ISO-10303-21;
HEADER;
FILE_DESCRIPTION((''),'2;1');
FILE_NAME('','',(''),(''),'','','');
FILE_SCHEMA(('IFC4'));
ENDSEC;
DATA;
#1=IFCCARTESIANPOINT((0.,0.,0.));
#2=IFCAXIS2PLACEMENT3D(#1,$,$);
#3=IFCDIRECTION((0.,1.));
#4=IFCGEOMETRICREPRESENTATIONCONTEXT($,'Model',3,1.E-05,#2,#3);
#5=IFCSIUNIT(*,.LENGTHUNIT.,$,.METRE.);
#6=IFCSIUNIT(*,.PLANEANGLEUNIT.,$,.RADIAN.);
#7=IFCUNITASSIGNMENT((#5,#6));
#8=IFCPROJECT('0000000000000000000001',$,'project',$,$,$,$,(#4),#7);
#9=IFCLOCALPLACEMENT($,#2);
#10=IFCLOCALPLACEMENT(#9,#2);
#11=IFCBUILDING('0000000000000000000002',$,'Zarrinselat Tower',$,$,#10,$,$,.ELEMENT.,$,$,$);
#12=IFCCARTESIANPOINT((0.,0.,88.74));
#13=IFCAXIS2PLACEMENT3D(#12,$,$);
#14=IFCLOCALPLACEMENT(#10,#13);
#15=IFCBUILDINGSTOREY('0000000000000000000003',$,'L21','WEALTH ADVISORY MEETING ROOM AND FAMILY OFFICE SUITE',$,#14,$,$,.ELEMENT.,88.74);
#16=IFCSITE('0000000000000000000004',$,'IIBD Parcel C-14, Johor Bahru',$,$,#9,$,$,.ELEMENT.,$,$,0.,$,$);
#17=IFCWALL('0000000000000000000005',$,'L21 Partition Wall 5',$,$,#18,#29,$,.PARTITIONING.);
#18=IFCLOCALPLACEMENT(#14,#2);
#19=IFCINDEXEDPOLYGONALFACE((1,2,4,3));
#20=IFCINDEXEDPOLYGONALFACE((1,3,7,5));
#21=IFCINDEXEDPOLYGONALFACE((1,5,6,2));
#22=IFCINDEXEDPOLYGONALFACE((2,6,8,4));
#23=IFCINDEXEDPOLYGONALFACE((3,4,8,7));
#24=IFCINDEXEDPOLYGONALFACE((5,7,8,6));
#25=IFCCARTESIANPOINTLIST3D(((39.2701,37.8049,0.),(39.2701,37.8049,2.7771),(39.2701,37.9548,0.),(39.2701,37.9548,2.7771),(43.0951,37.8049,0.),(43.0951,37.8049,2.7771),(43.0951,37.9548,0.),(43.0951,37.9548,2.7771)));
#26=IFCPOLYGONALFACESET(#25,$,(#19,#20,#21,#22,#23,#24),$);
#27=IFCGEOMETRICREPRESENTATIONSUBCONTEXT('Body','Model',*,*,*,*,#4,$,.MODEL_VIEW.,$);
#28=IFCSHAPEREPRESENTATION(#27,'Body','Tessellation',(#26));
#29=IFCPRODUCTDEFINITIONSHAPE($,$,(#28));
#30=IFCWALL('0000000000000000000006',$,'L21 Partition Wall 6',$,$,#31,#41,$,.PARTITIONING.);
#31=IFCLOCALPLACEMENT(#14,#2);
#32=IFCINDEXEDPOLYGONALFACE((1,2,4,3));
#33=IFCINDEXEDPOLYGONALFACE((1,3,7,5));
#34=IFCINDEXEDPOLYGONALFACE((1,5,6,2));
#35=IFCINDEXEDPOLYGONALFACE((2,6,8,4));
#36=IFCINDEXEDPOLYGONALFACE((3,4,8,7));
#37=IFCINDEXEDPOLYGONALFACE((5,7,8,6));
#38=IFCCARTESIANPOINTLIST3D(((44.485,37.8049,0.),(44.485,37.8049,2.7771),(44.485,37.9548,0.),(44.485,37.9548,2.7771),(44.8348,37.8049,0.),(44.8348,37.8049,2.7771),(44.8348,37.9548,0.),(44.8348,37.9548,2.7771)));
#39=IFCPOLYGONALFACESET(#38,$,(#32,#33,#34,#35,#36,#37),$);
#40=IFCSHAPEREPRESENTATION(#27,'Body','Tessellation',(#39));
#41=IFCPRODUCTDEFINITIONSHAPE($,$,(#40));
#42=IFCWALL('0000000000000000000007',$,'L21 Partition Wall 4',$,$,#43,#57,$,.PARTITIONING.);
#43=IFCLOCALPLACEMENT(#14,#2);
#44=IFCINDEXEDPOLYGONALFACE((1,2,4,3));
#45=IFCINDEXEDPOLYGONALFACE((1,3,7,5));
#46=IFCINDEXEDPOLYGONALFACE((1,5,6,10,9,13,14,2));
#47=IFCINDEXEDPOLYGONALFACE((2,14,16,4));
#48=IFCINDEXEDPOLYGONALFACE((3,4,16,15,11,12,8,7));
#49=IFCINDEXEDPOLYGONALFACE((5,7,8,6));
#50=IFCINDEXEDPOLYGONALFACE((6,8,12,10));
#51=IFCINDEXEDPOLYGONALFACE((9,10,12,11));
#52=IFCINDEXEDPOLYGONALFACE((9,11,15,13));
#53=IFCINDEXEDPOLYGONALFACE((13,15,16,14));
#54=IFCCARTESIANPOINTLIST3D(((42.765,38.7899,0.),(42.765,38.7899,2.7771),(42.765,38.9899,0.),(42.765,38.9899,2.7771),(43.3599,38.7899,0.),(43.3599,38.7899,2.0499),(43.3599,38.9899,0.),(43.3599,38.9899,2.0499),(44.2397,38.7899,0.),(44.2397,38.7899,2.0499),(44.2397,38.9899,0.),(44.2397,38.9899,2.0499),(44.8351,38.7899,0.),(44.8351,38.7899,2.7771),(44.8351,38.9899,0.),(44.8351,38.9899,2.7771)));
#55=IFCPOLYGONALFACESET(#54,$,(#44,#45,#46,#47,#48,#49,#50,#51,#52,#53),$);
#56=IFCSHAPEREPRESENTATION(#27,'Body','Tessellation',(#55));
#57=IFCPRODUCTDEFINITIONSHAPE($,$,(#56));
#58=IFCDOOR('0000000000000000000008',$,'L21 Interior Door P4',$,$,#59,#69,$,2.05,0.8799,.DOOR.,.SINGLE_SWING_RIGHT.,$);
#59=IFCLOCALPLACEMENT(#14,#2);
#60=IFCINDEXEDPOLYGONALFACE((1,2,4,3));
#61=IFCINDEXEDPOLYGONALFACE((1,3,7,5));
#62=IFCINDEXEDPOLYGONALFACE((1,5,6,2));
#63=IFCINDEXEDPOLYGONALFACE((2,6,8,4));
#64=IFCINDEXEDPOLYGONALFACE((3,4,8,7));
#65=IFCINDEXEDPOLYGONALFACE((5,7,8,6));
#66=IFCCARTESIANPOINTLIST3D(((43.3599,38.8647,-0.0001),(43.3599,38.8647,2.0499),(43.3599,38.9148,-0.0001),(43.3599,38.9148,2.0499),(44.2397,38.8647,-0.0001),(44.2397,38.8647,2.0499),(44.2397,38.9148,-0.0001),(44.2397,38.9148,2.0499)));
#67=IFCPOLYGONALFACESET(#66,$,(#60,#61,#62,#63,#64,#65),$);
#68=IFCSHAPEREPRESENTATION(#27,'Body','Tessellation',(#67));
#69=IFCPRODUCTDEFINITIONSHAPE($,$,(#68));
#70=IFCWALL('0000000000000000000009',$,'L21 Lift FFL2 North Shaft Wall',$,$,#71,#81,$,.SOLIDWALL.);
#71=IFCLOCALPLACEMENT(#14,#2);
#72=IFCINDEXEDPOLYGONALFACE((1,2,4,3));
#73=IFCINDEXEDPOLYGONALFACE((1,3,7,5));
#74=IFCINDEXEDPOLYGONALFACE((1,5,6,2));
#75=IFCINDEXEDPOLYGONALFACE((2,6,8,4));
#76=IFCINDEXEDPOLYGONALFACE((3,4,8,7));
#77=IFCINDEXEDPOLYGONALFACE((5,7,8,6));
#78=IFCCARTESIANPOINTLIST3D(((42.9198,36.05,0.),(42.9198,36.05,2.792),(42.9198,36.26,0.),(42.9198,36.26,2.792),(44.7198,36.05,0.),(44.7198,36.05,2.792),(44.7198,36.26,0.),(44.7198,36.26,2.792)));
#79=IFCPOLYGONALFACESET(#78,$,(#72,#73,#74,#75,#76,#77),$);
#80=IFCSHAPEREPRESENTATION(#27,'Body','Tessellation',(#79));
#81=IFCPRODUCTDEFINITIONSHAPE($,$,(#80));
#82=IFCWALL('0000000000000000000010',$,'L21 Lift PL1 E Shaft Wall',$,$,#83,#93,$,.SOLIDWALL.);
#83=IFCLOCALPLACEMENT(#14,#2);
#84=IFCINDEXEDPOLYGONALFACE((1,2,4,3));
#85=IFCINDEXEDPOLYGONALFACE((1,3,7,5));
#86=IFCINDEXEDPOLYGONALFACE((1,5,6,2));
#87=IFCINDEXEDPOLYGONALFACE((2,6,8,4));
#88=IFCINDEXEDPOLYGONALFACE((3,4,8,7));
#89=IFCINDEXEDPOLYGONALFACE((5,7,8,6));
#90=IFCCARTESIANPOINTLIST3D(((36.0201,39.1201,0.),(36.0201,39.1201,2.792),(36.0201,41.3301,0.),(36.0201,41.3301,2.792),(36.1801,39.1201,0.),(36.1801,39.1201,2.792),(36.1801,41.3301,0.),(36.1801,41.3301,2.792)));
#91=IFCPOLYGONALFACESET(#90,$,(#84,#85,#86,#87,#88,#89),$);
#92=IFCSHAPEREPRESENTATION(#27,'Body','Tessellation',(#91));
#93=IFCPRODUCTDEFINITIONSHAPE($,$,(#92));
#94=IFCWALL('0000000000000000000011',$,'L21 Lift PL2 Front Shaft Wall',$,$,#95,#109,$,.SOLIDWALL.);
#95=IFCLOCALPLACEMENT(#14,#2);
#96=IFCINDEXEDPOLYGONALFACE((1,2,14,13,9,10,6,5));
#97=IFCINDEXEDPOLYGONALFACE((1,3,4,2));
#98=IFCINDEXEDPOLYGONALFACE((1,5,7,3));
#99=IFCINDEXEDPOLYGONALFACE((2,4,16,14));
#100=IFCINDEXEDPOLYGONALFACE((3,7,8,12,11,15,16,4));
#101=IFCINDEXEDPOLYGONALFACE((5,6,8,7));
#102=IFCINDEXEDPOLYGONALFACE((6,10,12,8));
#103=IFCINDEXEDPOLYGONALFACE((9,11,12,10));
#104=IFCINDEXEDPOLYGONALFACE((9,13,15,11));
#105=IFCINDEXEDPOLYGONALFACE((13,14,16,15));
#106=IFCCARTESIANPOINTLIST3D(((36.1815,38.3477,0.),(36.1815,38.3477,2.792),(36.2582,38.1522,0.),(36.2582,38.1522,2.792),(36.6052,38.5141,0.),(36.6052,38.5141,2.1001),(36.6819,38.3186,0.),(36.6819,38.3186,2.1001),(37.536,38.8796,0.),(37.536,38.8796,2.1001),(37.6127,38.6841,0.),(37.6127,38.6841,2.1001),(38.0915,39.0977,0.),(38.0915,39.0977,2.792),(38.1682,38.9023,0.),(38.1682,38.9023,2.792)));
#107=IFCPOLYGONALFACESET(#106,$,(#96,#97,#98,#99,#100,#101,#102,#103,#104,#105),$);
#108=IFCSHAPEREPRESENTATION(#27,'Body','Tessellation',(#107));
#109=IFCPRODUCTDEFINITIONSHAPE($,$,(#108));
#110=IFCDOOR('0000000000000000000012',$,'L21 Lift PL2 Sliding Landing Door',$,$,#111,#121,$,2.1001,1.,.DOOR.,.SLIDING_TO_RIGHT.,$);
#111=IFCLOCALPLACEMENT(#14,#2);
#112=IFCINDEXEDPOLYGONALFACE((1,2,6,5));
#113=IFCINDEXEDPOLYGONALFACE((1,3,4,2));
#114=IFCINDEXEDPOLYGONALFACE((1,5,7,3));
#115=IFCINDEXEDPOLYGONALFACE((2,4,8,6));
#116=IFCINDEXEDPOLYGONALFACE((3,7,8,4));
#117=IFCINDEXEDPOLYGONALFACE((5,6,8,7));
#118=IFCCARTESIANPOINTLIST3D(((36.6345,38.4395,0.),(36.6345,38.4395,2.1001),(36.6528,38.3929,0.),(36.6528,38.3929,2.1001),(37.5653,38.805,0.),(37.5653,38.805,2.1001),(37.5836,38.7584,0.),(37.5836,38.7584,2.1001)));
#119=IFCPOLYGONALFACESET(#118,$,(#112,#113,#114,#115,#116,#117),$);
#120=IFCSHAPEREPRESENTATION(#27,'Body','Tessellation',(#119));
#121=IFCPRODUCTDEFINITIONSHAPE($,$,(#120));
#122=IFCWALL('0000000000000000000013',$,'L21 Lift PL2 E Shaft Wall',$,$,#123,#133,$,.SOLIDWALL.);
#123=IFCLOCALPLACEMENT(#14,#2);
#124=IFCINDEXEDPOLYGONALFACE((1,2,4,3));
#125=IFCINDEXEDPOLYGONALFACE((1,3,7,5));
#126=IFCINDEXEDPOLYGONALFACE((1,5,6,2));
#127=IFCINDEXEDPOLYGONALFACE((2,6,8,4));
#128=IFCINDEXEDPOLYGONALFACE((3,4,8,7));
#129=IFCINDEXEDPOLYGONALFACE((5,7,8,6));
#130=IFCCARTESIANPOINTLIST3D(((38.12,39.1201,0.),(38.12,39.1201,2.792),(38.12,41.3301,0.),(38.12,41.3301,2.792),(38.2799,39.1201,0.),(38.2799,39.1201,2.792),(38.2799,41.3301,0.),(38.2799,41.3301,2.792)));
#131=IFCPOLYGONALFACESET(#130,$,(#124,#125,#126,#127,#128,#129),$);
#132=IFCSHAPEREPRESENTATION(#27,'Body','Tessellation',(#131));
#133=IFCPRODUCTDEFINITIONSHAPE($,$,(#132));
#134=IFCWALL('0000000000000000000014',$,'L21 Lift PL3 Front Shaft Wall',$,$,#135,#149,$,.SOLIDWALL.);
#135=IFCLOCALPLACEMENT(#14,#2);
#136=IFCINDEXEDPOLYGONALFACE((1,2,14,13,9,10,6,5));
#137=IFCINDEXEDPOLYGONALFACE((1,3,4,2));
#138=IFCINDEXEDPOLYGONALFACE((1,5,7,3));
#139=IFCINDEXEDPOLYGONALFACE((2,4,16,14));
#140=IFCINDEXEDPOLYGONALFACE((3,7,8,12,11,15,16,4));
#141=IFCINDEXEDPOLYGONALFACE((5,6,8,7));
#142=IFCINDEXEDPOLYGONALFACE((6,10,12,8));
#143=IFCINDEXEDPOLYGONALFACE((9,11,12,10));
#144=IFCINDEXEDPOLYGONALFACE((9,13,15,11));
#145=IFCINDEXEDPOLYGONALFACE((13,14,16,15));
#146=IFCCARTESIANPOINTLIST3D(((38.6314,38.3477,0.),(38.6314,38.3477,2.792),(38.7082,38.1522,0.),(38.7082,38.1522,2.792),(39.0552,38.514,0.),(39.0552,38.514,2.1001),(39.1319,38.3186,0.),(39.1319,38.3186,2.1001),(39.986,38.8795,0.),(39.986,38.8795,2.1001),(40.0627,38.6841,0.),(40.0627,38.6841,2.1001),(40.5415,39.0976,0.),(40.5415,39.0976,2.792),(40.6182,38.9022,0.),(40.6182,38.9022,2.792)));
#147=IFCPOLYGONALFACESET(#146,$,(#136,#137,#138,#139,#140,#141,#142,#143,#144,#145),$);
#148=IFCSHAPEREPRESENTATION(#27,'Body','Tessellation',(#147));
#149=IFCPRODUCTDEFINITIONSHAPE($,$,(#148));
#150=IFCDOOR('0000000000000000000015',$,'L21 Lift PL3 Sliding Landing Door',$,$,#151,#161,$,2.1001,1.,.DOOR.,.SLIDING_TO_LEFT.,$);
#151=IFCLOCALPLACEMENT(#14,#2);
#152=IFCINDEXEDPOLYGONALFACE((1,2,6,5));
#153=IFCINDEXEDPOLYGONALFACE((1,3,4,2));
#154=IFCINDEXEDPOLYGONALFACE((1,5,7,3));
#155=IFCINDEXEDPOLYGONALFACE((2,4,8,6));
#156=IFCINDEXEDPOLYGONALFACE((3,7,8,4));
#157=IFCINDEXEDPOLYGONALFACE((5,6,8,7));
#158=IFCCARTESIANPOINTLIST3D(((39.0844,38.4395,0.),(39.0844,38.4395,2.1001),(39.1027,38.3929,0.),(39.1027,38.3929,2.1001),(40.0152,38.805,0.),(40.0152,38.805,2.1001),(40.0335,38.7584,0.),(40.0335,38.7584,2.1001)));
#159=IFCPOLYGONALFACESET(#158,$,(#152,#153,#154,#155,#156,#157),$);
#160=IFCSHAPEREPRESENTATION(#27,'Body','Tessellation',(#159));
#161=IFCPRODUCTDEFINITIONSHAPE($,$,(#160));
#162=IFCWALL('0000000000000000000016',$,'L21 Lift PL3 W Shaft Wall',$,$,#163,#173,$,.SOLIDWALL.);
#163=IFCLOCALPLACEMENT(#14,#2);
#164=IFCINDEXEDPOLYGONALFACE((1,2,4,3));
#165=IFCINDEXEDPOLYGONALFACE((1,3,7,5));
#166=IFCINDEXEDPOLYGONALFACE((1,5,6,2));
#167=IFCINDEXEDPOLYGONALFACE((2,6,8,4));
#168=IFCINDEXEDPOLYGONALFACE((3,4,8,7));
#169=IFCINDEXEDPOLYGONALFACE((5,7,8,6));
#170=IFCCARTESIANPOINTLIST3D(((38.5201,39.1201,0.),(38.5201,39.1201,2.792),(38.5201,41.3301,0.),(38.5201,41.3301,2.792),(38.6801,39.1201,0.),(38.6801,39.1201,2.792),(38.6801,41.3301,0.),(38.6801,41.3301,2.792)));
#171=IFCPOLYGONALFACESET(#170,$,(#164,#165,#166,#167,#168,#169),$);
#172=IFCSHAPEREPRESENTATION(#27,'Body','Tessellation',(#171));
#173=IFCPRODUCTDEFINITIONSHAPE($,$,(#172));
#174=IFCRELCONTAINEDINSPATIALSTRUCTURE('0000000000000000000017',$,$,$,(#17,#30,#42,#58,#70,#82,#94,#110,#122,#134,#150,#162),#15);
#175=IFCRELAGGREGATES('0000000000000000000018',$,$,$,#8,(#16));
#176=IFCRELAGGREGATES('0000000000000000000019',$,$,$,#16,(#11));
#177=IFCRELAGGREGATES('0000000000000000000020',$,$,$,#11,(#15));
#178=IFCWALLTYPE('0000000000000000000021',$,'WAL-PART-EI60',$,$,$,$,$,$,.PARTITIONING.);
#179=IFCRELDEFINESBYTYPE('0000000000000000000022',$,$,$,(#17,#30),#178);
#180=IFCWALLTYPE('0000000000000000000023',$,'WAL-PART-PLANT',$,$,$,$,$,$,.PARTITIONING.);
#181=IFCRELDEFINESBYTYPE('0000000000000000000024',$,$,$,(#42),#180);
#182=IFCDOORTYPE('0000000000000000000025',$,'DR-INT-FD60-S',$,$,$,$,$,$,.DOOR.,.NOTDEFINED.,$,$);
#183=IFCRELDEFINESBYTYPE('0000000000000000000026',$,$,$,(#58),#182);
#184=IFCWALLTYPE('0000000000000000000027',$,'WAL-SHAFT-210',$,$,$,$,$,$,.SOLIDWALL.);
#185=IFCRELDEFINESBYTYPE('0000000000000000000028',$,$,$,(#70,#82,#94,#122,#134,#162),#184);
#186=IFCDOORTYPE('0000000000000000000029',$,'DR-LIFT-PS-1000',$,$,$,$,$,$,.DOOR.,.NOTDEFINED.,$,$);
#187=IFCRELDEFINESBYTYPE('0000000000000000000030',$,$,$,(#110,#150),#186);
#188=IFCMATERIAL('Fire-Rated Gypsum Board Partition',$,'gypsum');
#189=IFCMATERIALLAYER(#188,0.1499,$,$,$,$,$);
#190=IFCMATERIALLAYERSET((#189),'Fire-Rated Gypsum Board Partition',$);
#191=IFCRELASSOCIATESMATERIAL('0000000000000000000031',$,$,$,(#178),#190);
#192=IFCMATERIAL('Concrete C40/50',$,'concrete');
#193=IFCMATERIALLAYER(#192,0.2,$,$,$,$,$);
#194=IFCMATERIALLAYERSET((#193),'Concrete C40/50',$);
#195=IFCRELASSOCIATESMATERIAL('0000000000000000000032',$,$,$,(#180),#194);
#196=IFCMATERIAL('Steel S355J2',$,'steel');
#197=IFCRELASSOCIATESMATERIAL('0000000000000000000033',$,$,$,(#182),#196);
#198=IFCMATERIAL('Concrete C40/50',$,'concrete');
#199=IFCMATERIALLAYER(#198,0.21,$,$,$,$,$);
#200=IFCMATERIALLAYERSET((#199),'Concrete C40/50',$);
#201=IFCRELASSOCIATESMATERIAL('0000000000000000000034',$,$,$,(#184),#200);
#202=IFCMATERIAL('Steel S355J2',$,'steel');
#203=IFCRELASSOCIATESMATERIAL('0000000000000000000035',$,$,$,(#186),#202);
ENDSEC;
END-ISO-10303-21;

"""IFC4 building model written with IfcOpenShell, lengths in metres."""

from ifc_helpers import new_model, si_unit, direction, frame, frame_2d, origin, place, context, subcontext, project, spatial, rectangle, extrude, material, layer, layer_set, type_object, element, fill, save


model = new_model("IFC4")

# Units and contexts
model_context = context("Model", 3, precision=1e-05, world=origin(), true_north=direction((0.0, 1.0)))
body_context = subcontext(model_context, "Body", "Model", "MODEL_VIEW")
ifc_project = project(units=[si_unit("LENGTHUNIT", "METRE"), si_unit("PLANEANGLEUNIT", "RADIAN")], contexts=[model_context])

# Site, building, storey
site_placement = place(None, origin())
site = spatial("IfcSite", under=ifc_project, at=site_placement, Name="IIBD Parcel C-14, Johor Bahru", CompositionType="ELEMENT", RefElevation=0.0)
building_placement = place(site_placement, origin())
building = spatial("IfcBuilding", under=site, at=building_placement, Name="Zarrinselat Tower", CompositionType="ELEMENT")
storey_placement = place(building_placement, frame((0.0, 0.0, 88.74)))
storey = spatial("IfcBuildingStorey", under=building, at=storey_placement, Name="L21", Description="WEALTH ADVISORY MEETING ROOM AND FAMILY OFFICE SUITE", CompositionType="ELEMENT", Elevation=88.74)

# Walls
ifc_material_1 = material(Name="Fire-Rated Gypsum Board Partition", Category="gypsum")
ifc_layer_1 = layer(ifc_material_1, 0.1499)
ifc_layer_set_1 = layer_set([ifc_layer_1], Name="Fire-Rated Gypsum Board Partition")
wall_type_1 = type_object("IfcWallType", Name="WAL-PART-EI60", PredefinedType="PARTITIONING", material=ifc_layer_set_1)
wall_1_placement = place(storey_placement, frame((39.27, 37.8799, 0.0), z_axis=(0.0, 0.0, 1.0), x_axis=(1.0, 0.0, 0.0)))
element("IfcWall", 1, at=wall_1_placement, inside=storey, type_object=wall_type_1, Name="L21 Partition Wall 5", PredefinedType="PARTITIONING", context=body_context, shape_type="SweptSolid", body=[
    extrude(rectangle(XDim=3.825, YDim=0.1499, at=frame_2d((1.9126, 0.0))), origin(), (0.0, 0.0, 1.0), 2.7771),
])
wall_2_placement = place(storey_placement, frame((44.4851, 37.8799, 0.0), z_axis=(0.0, 0.0, 1.0), x_axis=(1.0, 0.0, 0.0)))
element("IfcWall", 2, at=wall_2_placement, inside=storey, type_object=wall_type_1, Name="L21 Partition Wall 6", PredefinedType="PARTITIONING", context=body_context, shape_type="SweptSolid", body=[
    extrude(rectangle(XDim=0.3499, YDim=0.1499, at=frame_2d((0.1748, 0.0))), origin(), (0.0, 0.0, 1.0), 2.7771),
])

# Wall, opening, door
ifc_material_2 = material(Name="Concrete C40/50", Category="concrete")
ifc_layer_2 = layer(ifc_material_2, 0.2)
ifc_layer_set_2 = layer_set([ifc_layer_2], Name="Concrete C40/50")
wall_type_2 = type_object("IfcWallType", Name="WAL-PART-PLANT", PredefinedType="PARTITIONING", material=ifc_layer_set_2)
wall_3_placement = place(storey_placement, frame((42.7649, 38.8899, 0.0), z_axis=(0.0, 0.0, 1.0), x_axis=(1.0, 0.0, 0.0)))
wall_3 = element("IfcWall", 3, at=wall_3_placement, inside=storey, type_object=wall_type_2, Name="L21 Partition Wall 4", PredefinedType="PARTITIONING", context=body_context, shape_type="SweptSolid", body=[
    extrude(rectangle(XDim=2.0701, YDim=0.2, at=frame_2d((1.0352, 0.0))), origin(), (0.0, 0.0, 1.0), 2.7771),
])
opening_1_placement = place(wall_3_placement, frame((0.595, 0.0, 0.0)))
opening_1 = element("IfcOpeningElement", 4, at=opening_1_placement, cuts=wall_3, PredefinedType="OPENING", context=body_context, shape_type="SweptSolid", body=[
    extrude(rectangle(XDim=0.8799, YDim=2.05, at=frame_2d((0.4399, 1.0249))), frame((0.0, 0.1099, 0.0), z_axis=(0.0, -1.0, 0.0), x_axis=(1.0, 0.0, 0.0)), (0.0, 0.0, 1.0), 0.22),
])
ifc_material_3 = material(Name="Steel S355J2", Category="steel")
door_type_1 = type_object("IfcDoorType", Name="DR-INT-FD60-S", OperationType="NOTDEFINED", PredefinedType="DOOR", material=ifc_material_3)
door_1_placement = place(opening_1_placement, origin())
door_1 = element("IfcDoor", 5, at=door_1_placement, inside=storey, type_object=door_type_1, Name="L21 Interior Door P4", OperationType="SINGLE_SWING_RIGHT", OverallHeight=2.05, OverallWidth=0.8799, PredefinedType="DOOR", context=body_context, shape_type="SweptSolid", body=[
    extrude(rectangle(XDim=0.8799, YDim=2.05, at=frame_2d((0.4399, 1.0249))), frame((0.0, 0.0249, 0.0), z_axis=(0.0, -1.0, 0.0), x_axis=(1.0, 0.0, 0.0)), (0.0, 0.0, 1.0), 0.05),
])
fill(opening_1, door_1)

# Walls
ifc_material_4 = material(Name="Concrete C40/50", Category="concrete")
ifc_layer_3 = layer(ifc_material_4, 0.21)
ifc_layer_set_3 = layer_set([ifc_layer_3], Name="Concrete C40/50")
wall_type_3 = type_object("IfcWallType", Name="WAL-SHAFT-210", PredefinedType="SOLIDWALL", material=ifc_layer_set_3)
wall_4_placement = place(storey_placement, frame((42.9199, 36.155, 0.0), z_axis=(0.0, 0.0, 1.0), x_axis=(1.0, 0.0, 0.0)))
element("IfcWall", 6, at=wall_4_placement, inside=storey, type_object=wall_type_3, Name="L21 Lift FFL2 North Shaft Wall", PredefinedType="SOLIDWALL", context=body_context, shape_type="SweptSolid", body=[
    extrude(rectangle(XDim=1.8, YDim=0.21, at=frame_2d((0.8999, 0.0))), origin(), (0.0, 0.0, 1.0), 2.792),
])
wall_5_placement = place(storey_placement, frame((36.1001, 39.1201, 0.0), z_axis=(0.0, 0.0, 1.0), x_axis=(0.0, 1.0, 0.0)))
element("IfcWall", 7, at=wall_5_placement, inside=storey, type_object=wall_type_3, Name="L21 Lift PL1 E Shaft Wall", PredefinedType="SOLIDWALL", context=body_context, shape_type="SweptSolid", body=[
    extrude(rectangle(XDim=2.21, YDim=0.1599, at=frame_2d((1.105, 0.0))), origin(), (0.0, 0.0, 1.0), 2.792),
])

# Wall, opening, door
wall_6_placement = place(storey_placement, frame((36.22, 38.25, 0.0), z_axis=(0.0, 0.0, 1.0), x_axis=(0.930805, 0.365516, 0.0)))
wall_6 = element("IfcWall", 8, at=wall_6_placement, inside=storey, type_object=wall_type_3, Name="L21 Lift PL2 Front Shaft Wall", PredefinedType="SOLIDWALL", context=body_context, shape_type="SweptSolid", body=[
    extrude(rectangle(XDim=2.052, YDim=0.21, at=frame_2d((1.0259, 0.0))), origin(), (0.0, 0.0, 1.0), 2.792),
])
opening_2_placement = place(wall_6_placement, frame((0.4551, 0.0, 0.0)))
opening_2 = element("IfcOpeningElement", 9, at=opening_2_placement, cuts=wall_6, PredefinedType="OPENING", context=body_context, shape_type="SweptSolid", body=[
    extrude(rectangle(XDim=1.0, YDim=2.1001, at=frame_2d((0.5, 1.05))), frame((0.0, 0.115, 0.0), z_axis=(0.0, -1.0, 0.0), x_axis=(1.0, 0.0, 0.0)), (0.0, 0.0, 1.0), 0.23),
])
ifc_material_5 = material(Name="Steel S355J2", Category="steel")
door_type_2 = type_object("IfcDoorType", Name="DR-LIFT-PS-1000", OperationType="NOTDEFINED", PredefinedType="DOOR", material=ifc_material_5)
door_2_placement = place(opening_2_placement, origin())
door_2 = element("IfcDoor", 10, at=door_2_placement, inside=storey, type_object=door_type_2, Name="L21 Lift PL2 Sliding Landing Door", OperationType="SLIDING_TO_RIGHT", OverallHeight=2.1001, OverallWidth=1.0, PredefinedType="DOOR", context=body_context, shape_type="SweptSolid", body=[
    extrude(rectangle(XDim=1.0, YDim=2.1001, at=frame_2d((0.5, 1.05))), frame((0.0, 0.0249, 0.0), z_axis=(0.0, -1.0, 0.0), x_axis=(1.0, 0.0, 0.0)), (0.0, 0.0, 1.0), 0.05),
])
fill(opening_2, door_2)

# Wall
wall_7_placement = place(storey_placement, frame((38.2, 39.1201, 0.0), z_axis=(0.0, 0.0, 1.0), x_axis=(0.0, 1.0, 0.0)))
element("IfcWall", 11, at=wall_7_placement, inside=storey, type_object=wall_type_3, Name="L21 Lift PL2 E Shaft Wall", PredefinedType="SOLIDWALL", context=body_context, shape_type="SweptSolid", body=[
    extrude(rectangle(XDim=2.21, YDim=0.1599, at=frame_2d((1.105, 0.0))), origin(), (0.0, 0.0, 1.0), 2.792),
])

# Wall, opening, door
wall_8_placement = place(storey_placement, frame((38.6699, 38.25, 0.0), z_axis=(0.0, 0.0, 1.0), x_axis=(0.930821, 0.365476, 0.0)))
wall_8 = element("IfcWall", 12, at=wall_8_placement, inside=storey, type_object=wall_type_3, Name="L21 Lift PL3 Front Shaft Wall", PredefinedType="SOLIDWALL", context=body_context, shape_type="SweptSolid", body=[
    extrude(rectangle(XDim=2.052, YDim=0.21, at=frame_2d((1.0259, 0.0))), origin(), (0.0, 0.0, 1.0), 2.792),
])
opening_3_placement = place(wall_8_placement, frame((0.4551, 0.0, 0.0)))
opening_3 = element("IfcOpeningElement", 13, at=opening_3_placement, cuts=wall_8, PredefinedType="OPENING", context=body_context, shape_type="SweptSolid", body=[
    extrude(rectangle(XDim=1.0, YDim=2.1001, at=frame_2d((0.5, 1.05))), frame((0.0, 0.115, 0.0), z_axis=(0.0, -1.0, 0.0), x_axis=(1.0, 0.0, 0.0)), (0.0, 0.0, 1.0), 0.23),
])
door_3_placement = place(opening_3_placement, origin())
door_3 = element("IfcDoor", 14, at=door_3_placement, inside=storey, type_object=door_type_2, Name="L21 Lift PL3 Sliding Landing Door", OperationType="SLIDING_TO_LEFT", OverallHeight=2.1001, OverallWidth=1.0, PredefinedType="DOOR", context=body_context, shape_type="SweptSolid", body=[
    extrude(rectangle(XDim=1.0, YDim=2.1001, at=frame_2d((0.5, 1.05))), frame((0.0, 0.0249, 0.0), z_axis=(0.0, -1.0, 0.0), x_axis=(1.0, 0.0, 0.0)), (0.0, 0.0, 1.0), 0.05),
])
fill(opening_3, door_3)

# Wall
for number, where, z_axis, x_axis, name in (
    (15, (38.6001, 39.1201, 0.0), (0.0, 0.0, 1.0), (0.0, 1.0, 0.0), "L21 Lift PL3 W Shaft Wall"),
):
    element("IfcWall", number, at=place(storey_placement, frame(where, z_axis=z_axis, x_axis=x_axis)), inside=storey, type_object=wall_type_3, Name=name, PredefinedType="SOLIDWALL", context=body_context, shape_type="SweptSolid", body=[
        extrude(rectangle(XDim=2.21, YDim=0.1599, at=frame_2d((1.105, 0.0))), origin(), (0.0, 0.0, 1.0), 2.792),
    ])

save(model, "model.ifc")
